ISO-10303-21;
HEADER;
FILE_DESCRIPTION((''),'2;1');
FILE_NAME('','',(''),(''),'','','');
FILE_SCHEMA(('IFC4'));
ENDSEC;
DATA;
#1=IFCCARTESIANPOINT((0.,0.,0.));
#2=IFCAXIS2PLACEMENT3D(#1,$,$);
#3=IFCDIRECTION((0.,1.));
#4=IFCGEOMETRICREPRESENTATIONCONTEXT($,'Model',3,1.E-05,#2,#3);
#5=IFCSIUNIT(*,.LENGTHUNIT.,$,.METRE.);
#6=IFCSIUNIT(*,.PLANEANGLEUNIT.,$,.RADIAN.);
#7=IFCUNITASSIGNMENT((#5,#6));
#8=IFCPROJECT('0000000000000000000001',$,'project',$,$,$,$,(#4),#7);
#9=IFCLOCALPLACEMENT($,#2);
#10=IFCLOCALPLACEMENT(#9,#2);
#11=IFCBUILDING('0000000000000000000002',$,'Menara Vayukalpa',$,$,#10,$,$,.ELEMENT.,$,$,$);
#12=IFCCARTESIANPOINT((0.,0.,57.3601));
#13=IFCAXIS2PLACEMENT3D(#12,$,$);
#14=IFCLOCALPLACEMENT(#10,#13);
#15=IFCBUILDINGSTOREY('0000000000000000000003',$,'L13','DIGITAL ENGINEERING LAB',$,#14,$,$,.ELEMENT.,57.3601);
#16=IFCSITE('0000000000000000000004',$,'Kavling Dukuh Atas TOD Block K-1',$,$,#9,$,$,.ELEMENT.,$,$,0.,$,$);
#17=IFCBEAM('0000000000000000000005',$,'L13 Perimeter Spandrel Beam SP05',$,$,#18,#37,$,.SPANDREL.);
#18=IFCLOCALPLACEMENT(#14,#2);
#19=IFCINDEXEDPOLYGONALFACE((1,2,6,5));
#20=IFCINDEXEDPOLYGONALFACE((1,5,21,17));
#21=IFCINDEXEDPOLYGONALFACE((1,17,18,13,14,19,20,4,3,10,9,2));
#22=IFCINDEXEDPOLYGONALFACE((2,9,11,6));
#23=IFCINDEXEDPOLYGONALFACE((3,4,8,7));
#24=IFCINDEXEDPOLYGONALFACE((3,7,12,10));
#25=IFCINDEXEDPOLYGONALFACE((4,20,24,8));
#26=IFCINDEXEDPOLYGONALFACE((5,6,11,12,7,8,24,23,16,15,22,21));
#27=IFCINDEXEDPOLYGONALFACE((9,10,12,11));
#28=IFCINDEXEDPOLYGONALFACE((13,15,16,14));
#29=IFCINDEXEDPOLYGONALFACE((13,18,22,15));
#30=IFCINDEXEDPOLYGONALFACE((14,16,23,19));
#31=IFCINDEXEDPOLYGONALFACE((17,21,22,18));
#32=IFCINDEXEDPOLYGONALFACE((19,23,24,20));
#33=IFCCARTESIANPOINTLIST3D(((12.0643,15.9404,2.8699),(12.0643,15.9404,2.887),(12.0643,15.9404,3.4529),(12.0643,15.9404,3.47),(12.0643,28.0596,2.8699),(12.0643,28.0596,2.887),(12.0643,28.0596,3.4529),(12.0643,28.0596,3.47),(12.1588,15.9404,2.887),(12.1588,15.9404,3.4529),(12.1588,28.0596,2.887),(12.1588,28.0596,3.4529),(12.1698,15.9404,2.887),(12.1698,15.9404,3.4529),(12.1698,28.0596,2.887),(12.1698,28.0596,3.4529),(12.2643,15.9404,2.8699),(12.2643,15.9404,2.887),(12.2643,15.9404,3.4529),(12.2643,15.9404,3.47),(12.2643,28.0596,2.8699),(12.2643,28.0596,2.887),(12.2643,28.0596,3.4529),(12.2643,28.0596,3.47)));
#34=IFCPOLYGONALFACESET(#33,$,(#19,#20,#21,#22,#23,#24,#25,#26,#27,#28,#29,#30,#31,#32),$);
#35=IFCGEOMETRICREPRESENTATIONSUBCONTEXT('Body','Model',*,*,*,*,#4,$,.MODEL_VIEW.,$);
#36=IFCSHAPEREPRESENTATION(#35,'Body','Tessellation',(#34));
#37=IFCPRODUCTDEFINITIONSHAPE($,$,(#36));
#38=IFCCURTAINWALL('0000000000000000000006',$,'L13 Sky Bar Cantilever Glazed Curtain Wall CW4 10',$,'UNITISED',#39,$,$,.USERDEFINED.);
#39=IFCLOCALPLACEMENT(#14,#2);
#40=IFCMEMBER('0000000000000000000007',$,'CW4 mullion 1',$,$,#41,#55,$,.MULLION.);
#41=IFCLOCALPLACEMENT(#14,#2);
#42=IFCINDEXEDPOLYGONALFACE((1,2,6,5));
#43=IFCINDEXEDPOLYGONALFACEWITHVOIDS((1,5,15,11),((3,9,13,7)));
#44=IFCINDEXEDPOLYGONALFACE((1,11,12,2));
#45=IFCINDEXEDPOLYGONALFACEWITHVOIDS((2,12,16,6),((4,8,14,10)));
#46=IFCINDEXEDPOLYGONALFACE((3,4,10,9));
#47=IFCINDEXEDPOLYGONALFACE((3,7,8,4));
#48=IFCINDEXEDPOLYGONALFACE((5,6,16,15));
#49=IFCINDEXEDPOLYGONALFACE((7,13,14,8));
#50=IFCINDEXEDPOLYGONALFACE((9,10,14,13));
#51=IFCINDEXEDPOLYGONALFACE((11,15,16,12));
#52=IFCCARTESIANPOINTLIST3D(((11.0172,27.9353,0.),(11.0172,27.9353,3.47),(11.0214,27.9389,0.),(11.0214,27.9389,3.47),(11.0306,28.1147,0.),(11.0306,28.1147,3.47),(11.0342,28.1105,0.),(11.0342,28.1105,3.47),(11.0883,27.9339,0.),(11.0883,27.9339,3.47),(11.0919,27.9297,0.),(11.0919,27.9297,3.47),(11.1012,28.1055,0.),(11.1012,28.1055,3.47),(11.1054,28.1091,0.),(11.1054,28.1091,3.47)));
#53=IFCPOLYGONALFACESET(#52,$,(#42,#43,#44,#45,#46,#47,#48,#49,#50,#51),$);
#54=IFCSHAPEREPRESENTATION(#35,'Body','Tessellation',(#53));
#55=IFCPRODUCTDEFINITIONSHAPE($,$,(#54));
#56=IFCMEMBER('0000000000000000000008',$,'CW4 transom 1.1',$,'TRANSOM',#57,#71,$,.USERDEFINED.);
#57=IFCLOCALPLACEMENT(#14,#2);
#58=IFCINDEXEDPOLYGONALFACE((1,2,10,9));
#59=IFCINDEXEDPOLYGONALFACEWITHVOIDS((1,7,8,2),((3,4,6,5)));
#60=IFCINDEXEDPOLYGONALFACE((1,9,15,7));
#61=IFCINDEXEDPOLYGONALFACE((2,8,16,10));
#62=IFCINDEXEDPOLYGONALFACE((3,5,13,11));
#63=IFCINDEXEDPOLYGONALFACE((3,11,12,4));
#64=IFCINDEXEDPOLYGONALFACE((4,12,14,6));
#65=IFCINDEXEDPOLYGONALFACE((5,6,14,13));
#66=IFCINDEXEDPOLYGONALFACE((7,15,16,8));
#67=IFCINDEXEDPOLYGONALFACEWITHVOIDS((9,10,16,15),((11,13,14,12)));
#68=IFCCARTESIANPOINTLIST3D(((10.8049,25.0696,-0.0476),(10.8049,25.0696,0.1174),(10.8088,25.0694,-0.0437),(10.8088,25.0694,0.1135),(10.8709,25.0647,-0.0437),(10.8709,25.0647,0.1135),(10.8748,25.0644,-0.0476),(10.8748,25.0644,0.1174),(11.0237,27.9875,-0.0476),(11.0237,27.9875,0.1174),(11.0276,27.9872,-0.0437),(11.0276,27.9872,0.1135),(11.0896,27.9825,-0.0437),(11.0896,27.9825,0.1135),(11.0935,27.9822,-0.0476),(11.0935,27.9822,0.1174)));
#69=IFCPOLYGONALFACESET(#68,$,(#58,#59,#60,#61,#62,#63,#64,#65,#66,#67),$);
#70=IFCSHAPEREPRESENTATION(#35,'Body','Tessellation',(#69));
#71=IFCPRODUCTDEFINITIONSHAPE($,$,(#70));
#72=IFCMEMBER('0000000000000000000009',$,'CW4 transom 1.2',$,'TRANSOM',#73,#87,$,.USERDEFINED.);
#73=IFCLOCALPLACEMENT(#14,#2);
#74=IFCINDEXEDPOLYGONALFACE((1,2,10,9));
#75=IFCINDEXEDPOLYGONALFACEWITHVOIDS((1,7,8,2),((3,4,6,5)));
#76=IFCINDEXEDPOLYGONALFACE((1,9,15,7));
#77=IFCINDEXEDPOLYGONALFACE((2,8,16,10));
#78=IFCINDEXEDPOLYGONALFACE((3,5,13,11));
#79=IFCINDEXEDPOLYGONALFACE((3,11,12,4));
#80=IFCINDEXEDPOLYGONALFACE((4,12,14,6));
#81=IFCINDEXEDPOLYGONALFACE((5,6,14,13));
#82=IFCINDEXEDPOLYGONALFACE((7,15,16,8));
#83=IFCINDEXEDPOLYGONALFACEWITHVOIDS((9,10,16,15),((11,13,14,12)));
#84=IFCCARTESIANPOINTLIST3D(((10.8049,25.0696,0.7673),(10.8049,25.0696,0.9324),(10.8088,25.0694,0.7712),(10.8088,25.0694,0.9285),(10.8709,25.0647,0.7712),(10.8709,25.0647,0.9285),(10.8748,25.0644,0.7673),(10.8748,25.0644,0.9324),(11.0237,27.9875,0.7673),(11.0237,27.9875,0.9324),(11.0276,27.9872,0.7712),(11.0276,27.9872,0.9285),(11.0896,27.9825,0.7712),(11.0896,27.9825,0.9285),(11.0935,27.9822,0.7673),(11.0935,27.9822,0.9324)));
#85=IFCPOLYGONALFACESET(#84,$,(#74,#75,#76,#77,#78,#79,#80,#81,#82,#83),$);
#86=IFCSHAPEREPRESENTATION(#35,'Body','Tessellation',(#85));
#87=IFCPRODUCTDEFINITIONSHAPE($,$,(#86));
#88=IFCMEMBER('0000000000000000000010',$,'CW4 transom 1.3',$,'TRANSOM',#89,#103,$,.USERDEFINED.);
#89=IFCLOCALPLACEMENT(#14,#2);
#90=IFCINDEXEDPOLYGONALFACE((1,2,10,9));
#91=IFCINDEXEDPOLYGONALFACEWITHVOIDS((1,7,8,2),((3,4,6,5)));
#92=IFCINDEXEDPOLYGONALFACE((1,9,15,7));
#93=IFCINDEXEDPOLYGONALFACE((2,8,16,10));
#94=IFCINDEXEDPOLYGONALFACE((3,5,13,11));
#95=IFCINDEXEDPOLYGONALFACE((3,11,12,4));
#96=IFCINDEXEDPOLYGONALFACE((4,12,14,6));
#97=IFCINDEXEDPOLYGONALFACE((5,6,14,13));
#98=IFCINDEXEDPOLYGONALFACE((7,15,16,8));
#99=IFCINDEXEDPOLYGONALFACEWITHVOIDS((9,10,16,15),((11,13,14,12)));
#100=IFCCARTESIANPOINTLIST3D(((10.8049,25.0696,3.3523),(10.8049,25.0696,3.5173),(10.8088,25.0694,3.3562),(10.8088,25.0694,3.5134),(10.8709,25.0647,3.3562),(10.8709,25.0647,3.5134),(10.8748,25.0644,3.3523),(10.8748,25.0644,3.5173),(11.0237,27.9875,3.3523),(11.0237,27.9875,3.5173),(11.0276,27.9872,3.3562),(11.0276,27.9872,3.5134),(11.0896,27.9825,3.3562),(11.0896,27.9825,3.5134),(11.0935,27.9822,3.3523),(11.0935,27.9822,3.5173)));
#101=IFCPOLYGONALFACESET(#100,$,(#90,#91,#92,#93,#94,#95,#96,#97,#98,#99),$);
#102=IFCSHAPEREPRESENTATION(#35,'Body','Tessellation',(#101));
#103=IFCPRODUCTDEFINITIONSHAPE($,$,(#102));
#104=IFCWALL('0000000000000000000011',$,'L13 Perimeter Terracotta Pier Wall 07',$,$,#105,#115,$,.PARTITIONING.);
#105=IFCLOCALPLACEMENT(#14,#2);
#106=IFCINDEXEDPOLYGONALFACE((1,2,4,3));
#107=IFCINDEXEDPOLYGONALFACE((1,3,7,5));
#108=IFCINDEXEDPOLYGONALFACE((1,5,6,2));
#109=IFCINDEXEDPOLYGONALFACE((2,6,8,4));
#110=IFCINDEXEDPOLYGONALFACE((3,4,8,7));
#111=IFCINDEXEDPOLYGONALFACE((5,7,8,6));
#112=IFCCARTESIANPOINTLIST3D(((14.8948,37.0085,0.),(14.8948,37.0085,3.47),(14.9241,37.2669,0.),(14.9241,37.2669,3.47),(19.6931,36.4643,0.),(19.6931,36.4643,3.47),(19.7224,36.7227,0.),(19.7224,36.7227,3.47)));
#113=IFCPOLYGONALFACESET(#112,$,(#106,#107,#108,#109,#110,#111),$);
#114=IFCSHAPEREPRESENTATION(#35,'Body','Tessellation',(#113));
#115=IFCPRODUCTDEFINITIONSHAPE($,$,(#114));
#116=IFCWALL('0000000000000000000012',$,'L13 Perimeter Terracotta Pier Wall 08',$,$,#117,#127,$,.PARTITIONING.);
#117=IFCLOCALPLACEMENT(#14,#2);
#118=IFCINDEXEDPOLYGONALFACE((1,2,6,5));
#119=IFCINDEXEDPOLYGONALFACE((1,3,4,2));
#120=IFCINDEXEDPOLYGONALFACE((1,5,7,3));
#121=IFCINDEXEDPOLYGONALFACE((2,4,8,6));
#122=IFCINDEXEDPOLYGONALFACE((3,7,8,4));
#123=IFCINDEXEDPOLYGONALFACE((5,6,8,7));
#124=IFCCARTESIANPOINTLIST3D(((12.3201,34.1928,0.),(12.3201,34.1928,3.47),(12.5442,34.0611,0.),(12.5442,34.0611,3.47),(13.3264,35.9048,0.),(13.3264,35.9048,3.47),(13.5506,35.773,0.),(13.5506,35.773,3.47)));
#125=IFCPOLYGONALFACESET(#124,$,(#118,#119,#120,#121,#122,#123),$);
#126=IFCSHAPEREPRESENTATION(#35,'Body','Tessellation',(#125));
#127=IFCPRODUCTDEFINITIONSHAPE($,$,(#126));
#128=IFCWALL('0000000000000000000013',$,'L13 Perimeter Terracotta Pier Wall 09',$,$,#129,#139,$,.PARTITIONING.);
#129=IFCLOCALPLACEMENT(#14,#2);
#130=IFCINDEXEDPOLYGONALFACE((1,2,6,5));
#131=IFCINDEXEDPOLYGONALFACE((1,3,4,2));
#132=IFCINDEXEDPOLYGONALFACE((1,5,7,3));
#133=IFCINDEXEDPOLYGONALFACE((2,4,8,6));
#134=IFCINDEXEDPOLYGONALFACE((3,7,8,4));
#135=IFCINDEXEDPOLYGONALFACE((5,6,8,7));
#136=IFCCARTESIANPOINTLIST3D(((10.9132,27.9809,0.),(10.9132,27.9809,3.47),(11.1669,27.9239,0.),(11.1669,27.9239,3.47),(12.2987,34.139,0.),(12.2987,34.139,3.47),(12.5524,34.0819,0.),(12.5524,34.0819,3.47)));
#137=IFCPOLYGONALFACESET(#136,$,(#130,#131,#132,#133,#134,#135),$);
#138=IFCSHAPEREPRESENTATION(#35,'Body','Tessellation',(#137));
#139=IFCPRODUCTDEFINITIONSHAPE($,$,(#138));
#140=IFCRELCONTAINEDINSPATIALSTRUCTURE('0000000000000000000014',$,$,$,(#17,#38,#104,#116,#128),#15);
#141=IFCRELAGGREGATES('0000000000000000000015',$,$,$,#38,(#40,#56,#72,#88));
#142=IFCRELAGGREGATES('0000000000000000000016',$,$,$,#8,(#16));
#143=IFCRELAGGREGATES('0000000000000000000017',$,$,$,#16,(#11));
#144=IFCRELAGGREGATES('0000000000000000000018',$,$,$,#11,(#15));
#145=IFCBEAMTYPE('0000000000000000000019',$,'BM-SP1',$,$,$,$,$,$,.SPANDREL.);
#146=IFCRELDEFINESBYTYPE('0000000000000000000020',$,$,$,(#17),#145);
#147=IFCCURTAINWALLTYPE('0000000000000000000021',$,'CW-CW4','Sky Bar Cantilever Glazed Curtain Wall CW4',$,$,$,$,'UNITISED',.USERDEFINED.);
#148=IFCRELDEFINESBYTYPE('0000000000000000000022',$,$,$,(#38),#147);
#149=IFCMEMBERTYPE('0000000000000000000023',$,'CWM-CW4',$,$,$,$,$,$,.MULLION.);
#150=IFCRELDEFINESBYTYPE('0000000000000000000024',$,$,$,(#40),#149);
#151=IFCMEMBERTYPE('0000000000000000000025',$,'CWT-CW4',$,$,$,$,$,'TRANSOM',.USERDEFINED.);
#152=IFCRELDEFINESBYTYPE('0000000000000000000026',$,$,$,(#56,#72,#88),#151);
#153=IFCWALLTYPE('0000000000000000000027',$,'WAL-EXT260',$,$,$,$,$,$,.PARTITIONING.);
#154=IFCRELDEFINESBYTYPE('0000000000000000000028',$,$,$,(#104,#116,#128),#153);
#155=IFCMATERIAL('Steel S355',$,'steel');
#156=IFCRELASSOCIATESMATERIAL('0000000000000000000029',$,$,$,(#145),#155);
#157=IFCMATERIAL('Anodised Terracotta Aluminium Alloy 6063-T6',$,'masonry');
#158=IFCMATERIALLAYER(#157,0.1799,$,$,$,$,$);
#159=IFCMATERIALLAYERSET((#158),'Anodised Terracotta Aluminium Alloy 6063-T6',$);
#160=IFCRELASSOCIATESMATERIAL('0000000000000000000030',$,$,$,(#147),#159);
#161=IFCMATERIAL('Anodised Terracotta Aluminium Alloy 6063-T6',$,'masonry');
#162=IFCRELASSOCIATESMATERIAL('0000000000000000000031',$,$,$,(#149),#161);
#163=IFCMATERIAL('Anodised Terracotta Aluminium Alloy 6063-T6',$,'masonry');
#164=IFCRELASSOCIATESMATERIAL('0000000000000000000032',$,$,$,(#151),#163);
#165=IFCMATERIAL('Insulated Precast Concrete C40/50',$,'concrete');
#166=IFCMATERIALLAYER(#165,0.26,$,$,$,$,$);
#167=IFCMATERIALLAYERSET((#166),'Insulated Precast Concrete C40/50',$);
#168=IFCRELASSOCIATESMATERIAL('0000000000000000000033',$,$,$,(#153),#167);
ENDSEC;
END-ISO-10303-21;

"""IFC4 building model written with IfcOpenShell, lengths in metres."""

from ifc_helpers import new_model, si_unit, direction, frame, frame_2d, origin, origin_2d, place, context, subcontext, project, spatial, rectangle, hollow_rectangle, i_section, extrude, material, layer, layer_set, material_profile, profile_set, type_object, element, aggregate, save


model = new_model("IFC4")

# Units and contexts
model_context = context("Model", 3, precision=1e-05, world=origin(), true_north=direction((0.0, 1.0)))
body_context = subcontext(model_context, "Body", "Model", "MODEL_VIEW")
ifc_project = project(units=[si_unit("LENGTHUNIT", "METRE"), si_unit("PLANEANGLEUNIT", "RADIAN")], contexts=[model_context])

# Site, building, storey
site_placement = place(None, origin())
site = spatial("IfcSite", under=ifc_project, at=site_placement, Name="Kavling Dukuh Atas TOD Block K-1", CompositionType="ELEMENT", RefElevation=0.0)
building_placement = place(site_placement, origin())
building = spatial("IfcBuilding", under=site, at=building_placement, Name="Menara Vayukalpa", CompositionType="ELEMENT")
storey_placement = place(building_placement, frame((0.0, 0.0, 57.3601)))
storey = spatial("IfcBuildingStorey", under=building, at=storey_placement, Name="L13", Description="DIGITAL ENGINEERING LAB", CompositionType="ELEMENT", Elevation=57.3601)

# Beam
ifc_material_1 = material(Name="Steel S355", Category="steel")
ifc_material_profile_1 = material_profile(ifc_material_1, i_section(OverallWidth=0.2, OverallDepth=0.6001, WebThickness=0.011, FlangeThickness=0.0171, at=origin_2d()), Name="WF 600x200x11x17")
ifc_profile_set_1 = profile_set([ifc_material_profile_1], Name="Steel S355")
beam_type_1 = type_object("IfcBeamType", Name="BM-SP1", PredefinedType="SPANDREL", material=ifc_profile_set_1)
beam_1_placement = place(storey_placement, frame((12.1643, 28.0596, 3.1699), z_axis=(0.0, -1.0, 0.0), x_axis=(1.0, 0.0, 0.0)))
element("IfcBeam", 1, at=beam_1_placement, inside=storey, type_object=beam_type_1, Name="L13 Perimeter Spandrel Beam SP05", PredefinedType="SPANDREL", context=body_context, shape_type="SweptSolid", body=[
    extrude(i_section(OverallWidth=0.2, OverallDepth=0.6001, WebThickness=0.011, FlangeThickness=0.0171, at=origin_2d()), origin(), (0.0, 0.0, 1.0), 12.1191),
])

# Curtain wall, members
ifc_material_2 = material(Name="Anodised Terracotta Aluminium Alloy 6063-T6", Category="masonry")
ifc_layer_1 = layer(ifc_material_2, 0.1799)
ifc_layer_set_1 = layer_set([ifc_layer_1], Name="Anodised Terracotta Aluminium Alloy 6063-T6")
curtain_wall_type = type_object("IfcCurtainWallType", Name="CW-CW4", Description="Sky Bar Cantilever Glazed Curtain Wall CW4", ElementType="UNITISED", PredefinedType="USERDEFINED", material=ifc_layer_set_1)
curtain_wall_placement = place(storey_placement, origin())
curtain_wall = element("IfcCurtainWall", 2, at=curtain_wall_placement, inside=storey, type_object=curtain_wall_type, Name="L13 Sky Bar Cantilever Glazed Curtain Wall CW4 10", ObjectType="UNITISED", PredefinedType="USERDEFINED")
ifc_material_3 = material(Name="Anodised Terracotta Aluminium Alloy 6063-T6", Category="masonry")
ifc_material_profile_2 = material_profile(ifc_material_3, hollow_rectangle(XDim=0.075, YDim=0.1799, WallThickness=0.0039, at=origin_2d()), Name="ALU 75x180x4")
ifc_profile_set_2 = profile_set([ifc_material_profile_2], Name="Anodised Terracotta Aluminium Alloy 6063-T6")
member_type_1 = type_object("IfcMemberType", Name="CWM-CW4", PredefinedType="MULLION", material=ifc_profile_set_2)
member_1_placement = place(storey_placement, frame((11.0613, 28.0222, 0.0), z_axis=(0.0, 0.0, 1.0), x_axis=(0.997199, -0.074795, 0.0)))
member_1 = element("IfcMember", 3, at=member_1_placement, type_object=member_type_1, Name="CW4 mullion 1", PredefinedType="MULLION", context=body_context, shape_type="SweptSolid", body=[
    extrude(hollow_rectangle(XDim=0.075, YDim=0.1799, WallThickness=0.0039, at=origin_2d()), origin(), (0.0, 0.0, 1.0), 3.47),
])
ifc_material_4 = material(Name="Anodised Terracotta Aluminium Alloy 6063-T6", Category="masonry")
ifc_material_profile_3 = material_profile(ifc_material_4, hollow_rectangle(XDim=0.0701, YDim=0.165, WallThickness=0.0039, at=origin_2d()), Name="ALU 70x165x4")
ifc_profile_set_3 = profile_set([ifc_material_profile_3], Name="Anodised Terracotta Aluminium Alloy 6063-T6")
member_type_2 = type_object("IfcMemberType", Name="CWT-CW4", ElementType="TRANSOM", PredefinedType="USERDEFINED", material=ifc_profile_set_3)
member_2_placement = place(storey_placement, frame((11.0586, 27.9849, 0.0349), z_axis=(-0.074763, -0.997201, 0.0), x_axis=(0.997201, -0.074763, 0.0)))
member_2 = element("IfcMember", 4, at=member_2_placement, type_object=member_type_2, Name="CW4 transom 1.1", ObjectType="TRANSOM", PredefinedType="USERDEFINED", context=body_context, shape_type="SweptSolid", body=[
    extrude(hollow_rectangle(XDim=0.0701, YDim=0.165, WallThickness=0.0039, at=origin_2d()), origin(), (0.0, 0.0, 1.0), 2.926),
])
member_3_placement = place(storey_placement, frame((11.0586, 27.9849, 0.8499), z_axis=(-0.074763, -0.997201, 0.0), x_axis=(0.997201, -0.074763, 0.0)))
member_3 = element("IfcMember", 5, at=member_3_placement, type_object=member_type_2, Name="CW4 transom 1.2", ObjectType="TRANSOM", PredefinedType="USERDEFINED", context=body_context, shape_type="SweptSolid", body=[
    extrude(hollow_rectangle(XDim=0.0701, YDim=0.165, WallThickness=0.0039, at=origin_2d()), origin(), (0.0, 0.0, 1.0), 2.926),
])
member_4_placement = place(storey_placement, frame((11.0586, 27.9849, 3.4348), z_axis=(-0.074763, -0.997201, 0.0), x_axis=(0.997201, -0.074763, 0.0)))
member_4 = element("IfcMember", 6, at=member_4_placement, type_object=member_type_2, Name="CW4 transom 1.3", ObjectType="TRANSOM", PredefinedType="USERDEFINED", context=body_context, shape_type="SweptSolid", body=[
    extrude(hollow_rectangle(XDim=0.0701, YDim=0.165, WallThickness=0.0039, at=origin_2d()), origin(), (0.0, 0.0, 1.0), 2.926),
])
aggregate(curtain_wall, [member_1, member_2, member_3, member_4])

# Walls
ifc_material_5 = material(Name="Insulated Precast Concrete C40/50", Category="concrete")
ifc_layer_2 = layer(ifc_material_5, 0.26)
ifc_layer_set_2 = layer_set([ifc_layer_2], Name="Insulated Precast Concrete C40/50")
wall_type = type_object("IfcWallType", Name="WAL-EXT260", PredefinedType="PARTITIONING", material=ifc_layer_set_2)
wall_1_placement = place(storey_placement, frame((14.9094, 37.1377, 0.0), z_axis=(0.0, 0.0, 1.0), x_axis=(0.99363, -0.11269, 0.0)))
element("IfcWall", 7, at=wall_1_placement, inside=storey, type_object=wall_type, Name="L13 Perimeter Terracotta Pier Wall 07", PredefinedType="PARTITIONING", context=body_context, shape_type="SweptSolid", body=[
    extrude(rectangle(XDim=4.8291, YDim=0.26, at=frame_2d((2.4146, 0.0))), origin(), (0.0, 0.0, 1.0), 3.47),
])
wall_2_placement = place(storey_placement, frame((12.4321, 34.127, 0.0), z_axis=(0.0, 0.0, 1.0), x_axis=(0.506773, 0.86208, 0.0)))
element("IfcWall", 8, at=wall_2_placement, inside=storey, type_object=wall_type, Name="L13 Perimeter Terracotta Pier Wall 08", PredefinedType="PARTITIONING", context=body_context, shape_type="SweptSolid", body=[
    extrude(rectangle(XDim=1.9858, YDim=0.26, at=frame_2d((0.9929, 0.0))), origin(), (0.0, 0.0, 1.0), 3.47),
])
wall_3_placement = place(storey_placement, frame((11.04, 27.9524, 0.0), z_axis=(0.0, 0.0, 1.0), x_axis=(0.219506, 0.975611, 0.0)))
element("IfcWall", 9, at=wall_3_placement, inside=storey, type_object=wall_type, Name="L13 Perimeter Terracotta Pier Wall 09", PredefinedType="PARTITIONING", context=body_context, shape_type="SweptSolid", body=[
    extrude(rectangle(XDim=6.312, YDim=0.26, at=frame_2d((3.156, 0.0))), origin(), (0.0, 0.0, 1.0), 3.47),
])

save(model, "model.ifc")
